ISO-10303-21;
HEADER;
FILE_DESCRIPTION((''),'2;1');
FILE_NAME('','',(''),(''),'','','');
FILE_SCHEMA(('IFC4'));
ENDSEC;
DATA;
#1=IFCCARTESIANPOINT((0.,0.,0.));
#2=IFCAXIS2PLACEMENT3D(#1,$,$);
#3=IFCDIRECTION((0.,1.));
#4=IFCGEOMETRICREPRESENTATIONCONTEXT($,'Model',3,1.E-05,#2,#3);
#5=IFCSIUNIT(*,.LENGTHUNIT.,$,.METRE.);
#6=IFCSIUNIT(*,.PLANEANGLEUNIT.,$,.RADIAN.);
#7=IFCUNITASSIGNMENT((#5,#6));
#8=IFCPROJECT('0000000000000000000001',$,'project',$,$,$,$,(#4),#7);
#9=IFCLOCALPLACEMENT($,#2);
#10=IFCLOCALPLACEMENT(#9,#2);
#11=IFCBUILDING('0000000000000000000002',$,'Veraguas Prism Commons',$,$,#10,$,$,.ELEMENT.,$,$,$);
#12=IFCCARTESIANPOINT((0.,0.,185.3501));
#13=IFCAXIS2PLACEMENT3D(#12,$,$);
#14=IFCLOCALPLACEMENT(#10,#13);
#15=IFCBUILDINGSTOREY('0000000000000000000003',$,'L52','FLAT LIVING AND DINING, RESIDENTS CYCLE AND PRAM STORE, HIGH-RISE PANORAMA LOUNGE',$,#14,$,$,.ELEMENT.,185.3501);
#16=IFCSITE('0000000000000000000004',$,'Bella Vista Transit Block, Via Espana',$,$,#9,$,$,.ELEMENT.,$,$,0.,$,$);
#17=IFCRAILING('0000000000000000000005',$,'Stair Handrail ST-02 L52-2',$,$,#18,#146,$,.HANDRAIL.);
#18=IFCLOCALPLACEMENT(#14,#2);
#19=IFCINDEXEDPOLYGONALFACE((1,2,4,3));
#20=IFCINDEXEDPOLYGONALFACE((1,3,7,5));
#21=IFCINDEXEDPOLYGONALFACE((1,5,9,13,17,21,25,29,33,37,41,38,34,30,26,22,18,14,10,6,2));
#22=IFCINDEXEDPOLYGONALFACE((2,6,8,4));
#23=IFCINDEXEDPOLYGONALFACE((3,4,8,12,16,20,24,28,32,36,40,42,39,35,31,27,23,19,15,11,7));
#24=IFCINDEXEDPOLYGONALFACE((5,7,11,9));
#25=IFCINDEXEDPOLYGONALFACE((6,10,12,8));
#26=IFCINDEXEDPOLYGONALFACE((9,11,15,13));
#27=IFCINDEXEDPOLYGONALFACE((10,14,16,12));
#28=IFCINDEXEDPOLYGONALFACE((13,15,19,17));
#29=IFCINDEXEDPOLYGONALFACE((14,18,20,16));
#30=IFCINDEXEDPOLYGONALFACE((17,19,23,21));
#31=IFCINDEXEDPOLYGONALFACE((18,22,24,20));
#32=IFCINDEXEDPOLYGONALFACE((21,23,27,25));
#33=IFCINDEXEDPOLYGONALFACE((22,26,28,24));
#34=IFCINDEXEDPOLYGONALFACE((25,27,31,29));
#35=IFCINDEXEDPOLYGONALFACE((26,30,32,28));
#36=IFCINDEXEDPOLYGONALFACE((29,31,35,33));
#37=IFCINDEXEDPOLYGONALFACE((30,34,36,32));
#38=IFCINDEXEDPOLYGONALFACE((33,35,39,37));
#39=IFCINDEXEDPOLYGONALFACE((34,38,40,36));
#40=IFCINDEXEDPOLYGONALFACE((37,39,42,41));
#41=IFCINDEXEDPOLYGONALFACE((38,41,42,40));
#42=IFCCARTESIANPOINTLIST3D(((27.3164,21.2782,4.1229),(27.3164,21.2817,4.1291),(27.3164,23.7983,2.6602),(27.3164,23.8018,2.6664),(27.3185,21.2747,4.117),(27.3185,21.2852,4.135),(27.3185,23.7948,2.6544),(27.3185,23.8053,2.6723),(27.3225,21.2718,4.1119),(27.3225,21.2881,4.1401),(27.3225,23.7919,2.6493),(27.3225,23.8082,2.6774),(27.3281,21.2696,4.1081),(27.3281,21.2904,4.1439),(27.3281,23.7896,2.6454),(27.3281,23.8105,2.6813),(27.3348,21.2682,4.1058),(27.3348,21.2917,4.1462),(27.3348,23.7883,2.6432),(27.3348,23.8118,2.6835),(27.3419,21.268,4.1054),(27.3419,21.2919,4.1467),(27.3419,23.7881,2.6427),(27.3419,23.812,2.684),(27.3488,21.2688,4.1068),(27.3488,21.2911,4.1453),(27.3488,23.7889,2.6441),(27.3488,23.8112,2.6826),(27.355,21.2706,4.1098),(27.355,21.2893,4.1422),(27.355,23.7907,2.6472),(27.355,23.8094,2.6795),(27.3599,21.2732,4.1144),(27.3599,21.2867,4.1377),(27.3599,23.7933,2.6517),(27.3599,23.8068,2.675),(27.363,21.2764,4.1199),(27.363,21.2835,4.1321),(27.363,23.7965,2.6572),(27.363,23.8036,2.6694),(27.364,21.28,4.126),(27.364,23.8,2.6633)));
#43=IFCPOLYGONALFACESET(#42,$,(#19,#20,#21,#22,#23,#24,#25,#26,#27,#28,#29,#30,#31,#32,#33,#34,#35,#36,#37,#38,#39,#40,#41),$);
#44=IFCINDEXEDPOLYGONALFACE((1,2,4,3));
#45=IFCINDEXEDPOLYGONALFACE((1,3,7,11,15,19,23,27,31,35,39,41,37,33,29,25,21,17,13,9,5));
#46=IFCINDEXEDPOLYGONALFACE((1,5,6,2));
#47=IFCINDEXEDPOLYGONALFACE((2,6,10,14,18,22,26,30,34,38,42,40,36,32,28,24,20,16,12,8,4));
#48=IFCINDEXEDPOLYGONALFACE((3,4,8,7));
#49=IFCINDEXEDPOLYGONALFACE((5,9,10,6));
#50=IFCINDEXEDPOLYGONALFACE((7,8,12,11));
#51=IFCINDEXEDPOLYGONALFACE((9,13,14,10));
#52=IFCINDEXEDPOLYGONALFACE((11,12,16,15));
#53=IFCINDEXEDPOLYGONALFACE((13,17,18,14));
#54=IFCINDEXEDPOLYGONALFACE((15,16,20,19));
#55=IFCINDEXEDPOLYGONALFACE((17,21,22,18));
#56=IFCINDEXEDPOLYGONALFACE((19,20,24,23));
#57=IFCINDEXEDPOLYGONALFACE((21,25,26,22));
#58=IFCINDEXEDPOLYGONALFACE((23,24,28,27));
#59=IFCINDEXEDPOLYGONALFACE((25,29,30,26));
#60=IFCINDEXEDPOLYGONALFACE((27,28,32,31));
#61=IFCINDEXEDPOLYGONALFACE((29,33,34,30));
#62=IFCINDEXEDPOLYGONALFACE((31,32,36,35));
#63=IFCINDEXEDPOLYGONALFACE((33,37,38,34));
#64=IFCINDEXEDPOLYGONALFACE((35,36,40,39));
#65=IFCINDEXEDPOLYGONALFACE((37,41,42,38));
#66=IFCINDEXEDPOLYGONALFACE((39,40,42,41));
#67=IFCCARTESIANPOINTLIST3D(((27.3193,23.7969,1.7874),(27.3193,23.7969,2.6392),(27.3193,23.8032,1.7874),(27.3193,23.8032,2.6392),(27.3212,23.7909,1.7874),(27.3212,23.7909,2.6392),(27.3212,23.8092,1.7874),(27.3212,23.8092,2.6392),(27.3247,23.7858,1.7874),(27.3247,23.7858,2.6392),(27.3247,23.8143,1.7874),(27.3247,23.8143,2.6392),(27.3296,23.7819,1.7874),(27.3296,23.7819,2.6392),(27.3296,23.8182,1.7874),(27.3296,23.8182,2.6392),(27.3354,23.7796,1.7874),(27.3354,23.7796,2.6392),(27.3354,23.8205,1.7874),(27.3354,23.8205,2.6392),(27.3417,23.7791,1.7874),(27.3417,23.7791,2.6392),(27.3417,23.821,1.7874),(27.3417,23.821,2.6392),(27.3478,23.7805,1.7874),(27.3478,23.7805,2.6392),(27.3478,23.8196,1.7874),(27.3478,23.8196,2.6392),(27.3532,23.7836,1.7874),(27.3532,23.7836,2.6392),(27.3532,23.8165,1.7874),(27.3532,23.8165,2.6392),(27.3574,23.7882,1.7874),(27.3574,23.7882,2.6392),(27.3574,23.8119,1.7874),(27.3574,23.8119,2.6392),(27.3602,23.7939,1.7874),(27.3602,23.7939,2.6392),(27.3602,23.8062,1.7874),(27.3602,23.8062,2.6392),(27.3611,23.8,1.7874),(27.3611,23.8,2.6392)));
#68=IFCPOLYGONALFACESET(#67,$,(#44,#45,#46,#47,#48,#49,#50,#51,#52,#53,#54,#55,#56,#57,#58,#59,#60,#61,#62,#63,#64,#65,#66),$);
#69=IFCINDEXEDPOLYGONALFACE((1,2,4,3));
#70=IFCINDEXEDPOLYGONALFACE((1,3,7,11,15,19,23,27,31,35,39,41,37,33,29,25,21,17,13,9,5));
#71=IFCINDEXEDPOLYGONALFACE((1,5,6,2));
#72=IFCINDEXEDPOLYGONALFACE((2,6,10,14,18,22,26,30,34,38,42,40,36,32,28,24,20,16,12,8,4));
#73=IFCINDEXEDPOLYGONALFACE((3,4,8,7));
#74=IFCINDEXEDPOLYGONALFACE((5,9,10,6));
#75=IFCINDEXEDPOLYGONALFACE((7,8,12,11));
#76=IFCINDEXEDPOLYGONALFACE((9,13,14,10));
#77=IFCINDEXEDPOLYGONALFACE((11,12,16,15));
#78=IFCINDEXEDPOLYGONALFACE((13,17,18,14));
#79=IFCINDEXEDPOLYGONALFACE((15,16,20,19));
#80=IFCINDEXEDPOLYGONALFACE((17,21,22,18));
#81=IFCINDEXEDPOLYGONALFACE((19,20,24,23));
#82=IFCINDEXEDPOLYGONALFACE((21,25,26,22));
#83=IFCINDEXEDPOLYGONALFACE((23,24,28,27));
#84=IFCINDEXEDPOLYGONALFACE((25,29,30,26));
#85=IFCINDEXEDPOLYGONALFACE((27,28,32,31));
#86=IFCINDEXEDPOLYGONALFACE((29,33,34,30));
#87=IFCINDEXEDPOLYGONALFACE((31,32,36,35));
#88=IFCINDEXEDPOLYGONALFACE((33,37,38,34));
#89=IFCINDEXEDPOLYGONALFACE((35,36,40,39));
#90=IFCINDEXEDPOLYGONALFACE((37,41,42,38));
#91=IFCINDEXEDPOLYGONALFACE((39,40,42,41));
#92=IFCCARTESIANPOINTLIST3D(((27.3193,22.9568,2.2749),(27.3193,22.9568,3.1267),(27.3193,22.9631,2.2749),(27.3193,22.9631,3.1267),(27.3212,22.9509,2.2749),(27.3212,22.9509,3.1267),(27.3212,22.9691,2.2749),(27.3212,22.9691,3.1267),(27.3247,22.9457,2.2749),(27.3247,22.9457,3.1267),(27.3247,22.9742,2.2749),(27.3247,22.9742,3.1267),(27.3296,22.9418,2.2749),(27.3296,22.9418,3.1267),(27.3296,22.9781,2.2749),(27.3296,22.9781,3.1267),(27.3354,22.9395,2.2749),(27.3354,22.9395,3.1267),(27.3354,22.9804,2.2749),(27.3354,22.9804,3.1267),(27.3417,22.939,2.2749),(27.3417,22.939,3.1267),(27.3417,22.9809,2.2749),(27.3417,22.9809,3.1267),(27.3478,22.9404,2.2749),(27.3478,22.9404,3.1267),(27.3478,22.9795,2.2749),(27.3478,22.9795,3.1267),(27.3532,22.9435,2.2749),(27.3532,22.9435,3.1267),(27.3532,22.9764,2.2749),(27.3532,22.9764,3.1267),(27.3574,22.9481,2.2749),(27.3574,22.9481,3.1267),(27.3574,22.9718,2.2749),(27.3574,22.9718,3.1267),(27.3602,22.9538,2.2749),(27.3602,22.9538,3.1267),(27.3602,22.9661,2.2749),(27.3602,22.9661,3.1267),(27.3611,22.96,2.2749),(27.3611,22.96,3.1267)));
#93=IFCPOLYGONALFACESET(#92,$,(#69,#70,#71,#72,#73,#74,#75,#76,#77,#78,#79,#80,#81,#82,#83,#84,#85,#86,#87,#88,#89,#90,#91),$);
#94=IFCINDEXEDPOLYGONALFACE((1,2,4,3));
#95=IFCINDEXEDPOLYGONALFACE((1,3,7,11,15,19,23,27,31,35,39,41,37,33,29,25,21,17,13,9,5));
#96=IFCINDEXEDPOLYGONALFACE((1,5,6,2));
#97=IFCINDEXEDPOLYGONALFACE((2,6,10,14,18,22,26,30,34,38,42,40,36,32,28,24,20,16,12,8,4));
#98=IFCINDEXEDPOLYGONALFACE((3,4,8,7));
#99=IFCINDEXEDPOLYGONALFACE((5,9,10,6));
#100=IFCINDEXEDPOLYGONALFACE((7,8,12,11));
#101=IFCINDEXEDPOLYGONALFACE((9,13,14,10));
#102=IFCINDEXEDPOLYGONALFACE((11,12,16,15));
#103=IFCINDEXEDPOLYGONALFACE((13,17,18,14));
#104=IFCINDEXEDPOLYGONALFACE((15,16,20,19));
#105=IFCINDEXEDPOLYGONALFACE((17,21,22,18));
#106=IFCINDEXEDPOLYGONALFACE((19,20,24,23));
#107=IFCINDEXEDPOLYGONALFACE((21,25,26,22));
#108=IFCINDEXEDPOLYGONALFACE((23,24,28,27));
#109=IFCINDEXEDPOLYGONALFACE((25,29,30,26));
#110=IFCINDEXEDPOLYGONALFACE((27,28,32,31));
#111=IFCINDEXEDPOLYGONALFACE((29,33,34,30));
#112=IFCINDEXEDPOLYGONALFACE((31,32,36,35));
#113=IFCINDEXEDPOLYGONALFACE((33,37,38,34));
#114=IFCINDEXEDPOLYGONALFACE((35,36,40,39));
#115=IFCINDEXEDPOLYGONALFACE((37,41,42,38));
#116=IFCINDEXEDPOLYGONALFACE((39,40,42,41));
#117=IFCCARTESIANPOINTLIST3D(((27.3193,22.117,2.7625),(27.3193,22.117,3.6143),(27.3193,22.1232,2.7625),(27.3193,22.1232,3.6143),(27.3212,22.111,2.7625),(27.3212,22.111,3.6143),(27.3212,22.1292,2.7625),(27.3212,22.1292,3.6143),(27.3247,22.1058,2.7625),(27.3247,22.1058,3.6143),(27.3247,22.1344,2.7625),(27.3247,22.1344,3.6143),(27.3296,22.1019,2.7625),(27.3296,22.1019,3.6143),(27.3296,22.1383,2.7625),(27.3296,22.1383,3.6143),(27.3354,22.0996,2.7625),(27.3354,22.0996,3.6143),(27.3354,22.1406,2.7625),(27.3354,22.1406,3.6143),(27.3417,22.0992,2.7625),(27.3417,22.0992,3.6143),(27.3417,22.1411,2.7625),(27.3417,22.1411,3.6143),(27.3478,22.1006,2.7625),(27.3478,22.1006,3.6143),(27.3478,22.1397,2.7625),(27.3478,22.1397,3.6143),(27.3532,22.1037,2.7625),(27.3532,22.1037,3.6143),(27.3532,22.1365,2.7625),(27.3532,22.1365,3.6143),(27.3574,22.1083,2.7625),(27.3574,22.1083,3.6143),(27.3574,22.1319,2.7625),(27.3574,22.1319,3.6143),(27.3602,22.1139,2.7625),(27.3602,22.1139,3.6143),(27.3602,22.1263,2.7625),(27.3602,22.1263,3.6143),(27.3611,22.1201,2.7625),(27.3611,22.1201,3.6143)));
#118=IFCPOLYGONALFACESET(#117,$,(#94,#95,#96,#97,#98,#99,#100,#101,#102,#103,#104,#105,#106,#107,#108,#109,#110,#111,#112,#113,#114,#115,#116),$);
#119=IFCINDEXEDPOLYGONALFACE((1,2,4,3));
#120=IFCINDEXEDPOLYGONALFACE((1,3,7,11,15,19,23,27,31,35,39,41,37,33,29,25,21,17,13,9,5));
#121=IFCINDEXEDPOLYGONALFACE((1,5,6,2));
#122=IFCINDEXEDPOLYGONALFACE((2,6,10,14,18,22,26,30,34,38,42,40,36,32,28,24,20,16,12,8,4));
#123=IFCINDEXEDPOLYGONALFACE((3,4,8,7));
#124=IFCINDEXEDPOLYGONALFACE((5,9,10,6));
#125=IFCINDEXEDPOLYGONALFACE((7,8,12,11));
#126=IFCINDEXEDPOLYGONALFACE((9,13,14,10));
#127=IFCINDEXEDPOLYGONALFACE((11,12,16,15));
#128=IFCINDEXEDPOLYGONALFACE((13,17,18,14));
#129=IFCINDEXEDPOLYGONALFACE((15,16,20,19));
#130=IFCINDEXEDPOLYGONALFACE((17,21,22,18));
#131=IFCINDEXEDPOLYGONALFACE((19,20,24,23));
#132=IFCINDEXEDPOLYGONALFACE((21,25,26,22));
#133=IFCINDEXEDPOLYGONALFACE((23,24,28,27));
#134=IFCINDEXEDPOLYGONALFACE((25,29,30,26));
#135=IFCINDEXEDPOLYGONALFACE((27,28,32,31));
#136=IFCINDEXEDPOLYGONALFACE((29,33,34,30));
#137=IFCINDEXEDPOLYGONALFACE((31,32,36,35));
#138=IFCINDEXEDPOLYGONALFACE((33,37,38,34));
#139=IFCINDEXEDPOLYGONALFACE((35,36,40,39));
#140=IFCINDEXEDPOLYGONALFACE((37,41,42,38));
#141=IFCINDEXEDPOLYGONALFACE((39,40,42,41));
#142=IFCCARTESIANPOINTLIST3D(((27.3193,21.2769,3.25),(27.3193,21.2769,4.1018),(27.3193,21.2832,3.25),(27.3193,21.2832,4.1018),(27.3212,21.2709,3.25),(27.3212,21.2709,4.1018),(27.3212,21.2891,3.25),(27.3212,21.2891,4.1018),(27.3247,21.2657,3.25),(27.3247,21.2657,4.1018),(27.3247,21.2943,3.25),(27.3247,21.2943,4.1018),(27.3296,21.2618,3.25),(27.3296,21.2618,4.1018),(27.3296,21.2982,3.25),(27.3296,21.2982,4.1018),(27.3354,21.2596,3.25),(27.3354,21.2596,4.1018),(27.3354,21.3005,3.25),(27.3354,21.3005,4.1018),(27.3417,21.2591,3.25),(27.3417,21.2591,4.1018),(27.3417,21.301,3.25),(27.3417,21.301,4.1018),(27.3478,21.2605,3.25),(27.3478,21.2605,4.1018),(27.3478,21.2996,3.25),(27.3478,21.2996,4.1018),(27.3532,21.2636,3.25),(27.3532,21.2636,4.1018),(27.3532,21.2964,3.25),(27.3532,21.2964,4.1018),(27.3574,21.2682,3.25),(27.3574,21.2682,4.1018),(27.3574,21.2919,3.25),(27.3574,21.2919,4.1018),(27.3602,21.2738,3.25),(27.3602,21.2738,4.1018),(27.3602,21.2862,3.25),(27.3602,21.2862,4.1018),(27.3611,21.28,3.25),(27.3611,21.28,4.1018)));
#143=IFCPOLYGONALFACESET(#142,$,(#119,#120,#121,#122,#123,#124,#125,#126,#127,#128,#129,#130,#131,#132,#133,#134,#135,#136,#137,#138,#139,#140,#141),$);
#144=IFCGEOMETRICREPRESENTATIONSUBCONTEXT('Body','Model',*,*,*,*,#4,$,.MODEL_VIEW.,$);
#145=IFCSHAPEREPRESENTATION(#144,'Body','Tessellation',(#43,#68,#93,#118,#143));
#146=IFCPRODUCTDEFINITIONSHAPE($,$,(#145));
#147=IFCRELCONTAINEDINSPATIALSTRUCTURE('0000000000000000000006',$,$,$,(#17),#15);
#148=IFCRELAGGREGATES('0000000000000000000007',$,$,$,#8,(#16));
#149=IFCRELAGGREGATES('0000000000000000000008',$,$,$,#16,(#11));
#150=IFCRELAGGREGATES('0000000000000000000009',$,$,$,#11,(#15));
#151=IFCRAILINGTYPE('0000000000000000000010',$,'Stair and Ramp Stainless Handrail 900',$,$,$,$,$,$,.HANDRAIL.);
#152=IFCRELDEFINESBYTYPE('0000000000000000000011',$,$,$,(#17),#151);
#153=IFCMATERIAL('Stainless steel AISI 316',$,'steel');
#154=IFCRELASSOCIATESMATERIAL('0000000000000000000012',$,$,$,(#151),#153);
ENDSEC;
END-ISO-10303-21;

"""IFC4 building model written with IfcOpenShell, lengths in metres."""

from ifc_helpers import new_model, si_unit, direction, frame, origin, origin_2d, place, context, subcontext, project, spatial, circle, extrude, material, type_object, element, save


model = new_model("IFC4")

# Units and contexts
model_context = context("Model", 3, precision=1e-05, world=origin(), true_north=direction((0.0, 1.0)))
body_context = subcontext(model_context, "Body", "Model", "MODEL_VIEW")
ifc_project = project(units=[si_unit("LENGTHUNIT", "METRE"), si_unit("PLANEANGLEUNIT", "RADIAN")], contexts=[model_context])

# Site, building, storey
site_placement = place(None, origin())
site = spatial("IfcSite", under=ifc_project, at=site_placement, Name="Bella Vista Transit Block, Via Espana", CompositionType="ELEMENT", RefElevation=0.0)
building_placement = place(site_placement, origin())
building = spatial("IfcBuilding", under=site, at=building_placement, Name="Veraguas Prism Commons", CompositionType="ELEMENT")
storey_placement = place(building_placement, frame((0.0, 0.0, 185.3501)))
storey = spatial("IfcBuildingStorey", under=building, at=storey_placement, Name="L52", Description="FLAT LIVING AND DINING, RESIDENTS CYCLE AND PRAM STORE, HIGH-RISE PANORAMA LOUNGE", CompositionType="ELEMENT", Elevation=185.3501)

# Railing
ifc_material_1 = material(Name="Stainless steel AISI 316", Category="steel")
railing_type_1 = type_object("IfcRailingType", Name="Stair and Ramp Stainless Handrail 900", PredefinedType="HANDRAIL", material=ifc_material_1)
railing_1_placement = place(storey_placement, frame((27.3401, 23.8, 1.7874)))
element("IfcRailing", 1, at=railing_1_placement, inside=storey, type_object=railing_type_1, Name="Stair Handrail ST-02 L52-2", PredefinedType="HANDRAIL", context=body_context, shape_type="SweptSolid", body=[
    extrude(circle(Radius=0.0239, at=origin_2d()), frame((0.0, 0.0, 0.876), z_axis=(0.0, -0.864877, 0.501984), x_axis=(1.0, 0.0, 0.0)), (0.0, 0.0, 1.0), 2.9138),
    extrude(circle(Radius=0.021, at=origin_2d()), origin(), (0.0, 0.0, 1.0), 0.8518),
    extrude(circle(Radius=0.021, at=origin_2d()), frame((0.0, -0.8401, 0.4875)), (0.0, 0.0, 1.0), 0.8518),
    extrude(circle(Radius=0.021, at=origin_2d()), frame((0.0, -1.6799, 0.9751)), (0.0, 0.0, 1.0), 0.8518),
    extrude(circle(Radius=0.021, at=origin_2d()), frame((0.0, -2.52, 1.4626)), (0.0, 0.0, 1.0), 0.8518),
])

save(model, "model.ifc")
